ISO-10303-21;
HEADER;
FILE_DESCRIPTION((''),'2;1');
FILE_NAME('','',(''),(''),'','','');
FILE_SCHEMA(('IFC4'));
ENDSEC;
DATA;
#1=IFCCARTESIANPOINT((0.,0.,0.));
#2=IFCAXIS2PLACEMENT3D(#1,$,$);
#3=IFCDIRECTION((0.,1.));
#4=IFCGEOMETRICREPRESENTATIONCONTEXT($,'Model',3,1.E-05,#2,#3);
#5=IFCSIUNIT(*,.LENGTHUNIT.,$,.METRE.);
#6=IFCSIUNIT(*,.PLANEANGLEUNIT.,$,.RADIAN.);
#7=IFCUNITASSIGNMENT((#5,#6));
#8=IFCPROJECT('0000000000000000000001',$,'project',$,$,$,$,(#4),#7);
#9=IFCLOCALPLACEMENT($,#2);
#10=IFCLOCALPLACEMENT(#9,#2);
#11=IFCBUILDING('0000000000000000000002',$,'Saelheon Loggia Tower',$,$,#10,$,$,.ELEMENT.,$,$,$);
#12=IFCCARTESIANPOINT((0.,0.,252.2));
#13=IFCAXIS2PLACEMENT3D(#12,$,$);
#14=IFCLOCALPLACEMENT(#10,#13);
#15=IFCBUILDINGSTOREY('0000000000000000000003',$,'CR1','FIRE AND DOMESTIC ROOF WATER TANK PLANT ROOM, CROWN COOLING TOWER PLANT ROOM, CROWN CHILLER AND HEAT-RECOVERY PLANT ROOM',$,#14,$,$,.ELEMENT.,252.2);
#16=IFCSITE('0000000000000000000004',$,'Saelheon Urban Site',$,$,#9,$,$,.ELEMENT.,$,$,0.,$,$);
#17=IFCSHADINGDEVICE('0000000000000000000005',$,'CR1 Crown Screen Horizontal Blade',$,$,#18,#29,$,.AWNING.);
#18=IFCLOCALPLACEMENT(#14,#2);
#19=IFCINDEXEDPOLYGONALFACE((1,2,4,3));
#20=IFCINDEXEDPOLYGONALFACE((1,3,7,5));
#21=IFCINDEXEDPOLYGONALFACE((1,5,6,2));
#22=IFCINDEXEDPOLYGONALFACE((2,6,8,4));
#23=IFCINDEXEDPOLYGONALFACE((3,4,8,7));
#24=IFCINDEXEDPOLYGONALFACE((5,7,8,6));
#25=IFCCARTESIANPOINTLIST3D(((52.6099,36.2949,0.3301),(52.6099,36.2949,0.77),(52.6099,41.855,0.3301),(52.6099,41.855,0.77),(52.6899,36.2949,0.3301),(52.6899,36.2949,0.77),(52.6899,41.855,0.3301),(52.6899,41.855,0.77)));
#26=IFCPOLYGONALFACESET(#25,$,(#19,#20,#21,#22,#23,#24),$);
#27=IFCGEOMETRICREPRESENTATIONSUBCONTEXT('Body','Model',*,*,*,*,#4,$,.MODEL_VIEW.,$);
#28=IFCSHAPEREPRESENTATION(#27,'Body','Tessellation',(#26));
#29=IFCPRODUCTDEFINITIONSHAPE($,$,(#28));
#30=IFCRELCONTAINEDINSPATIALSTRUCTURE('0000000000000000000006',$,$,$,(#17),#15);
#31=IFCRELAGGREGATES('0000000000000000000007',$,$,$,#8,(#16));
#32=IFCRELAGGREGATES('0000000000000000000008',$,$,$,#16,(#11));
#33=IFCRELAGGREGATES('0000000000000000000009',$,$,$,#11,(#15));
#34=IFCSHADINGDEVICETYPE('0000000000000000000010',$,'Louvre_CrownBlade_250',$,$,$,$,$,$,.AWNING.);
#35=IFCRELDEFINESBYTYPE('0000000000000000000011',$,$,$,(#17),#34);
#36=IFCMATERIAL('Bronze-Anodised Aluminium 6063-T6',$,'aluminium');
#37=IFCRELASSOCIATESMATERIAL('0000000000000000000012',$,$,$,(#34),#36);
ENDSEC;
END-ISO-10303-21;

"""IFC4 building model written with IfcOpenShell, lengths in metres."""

from ifc_helpers import new_model, si_unit, direction, frame, origin, origin_2d, place, context, subcontext, project, spatial, rectangle, extrude, source, transform, mapped, material, material_profile, profile_set, type_object, element, save


model = new_model("IFC4")

# Units and contexts
model_context = context("Model", 3, precision=1e-05, world=origin(), true_north=direction((0.0, 1.0)))
body_context = subcontext(model_context, "Body", "Model", "MODEL_VIEW")
ifc_project = project(units=[si_unit("LENGTHUNIT", "METRE"), si_unit("PLANEANGLEUNIT", "RADIAN")], contexts=[model_context])

# Site, building, storey
site_placement = place(None, origin())
site = spatial("IfcSite", under=ifc_project, at=site_placement, Name="Saelheon Urban Site", CompositionType="ELEMENT", RefElevation=0.0)
building_placement = place(site_placement, origin())
building = spatial("IfcBuilding", under=site, at=building_placement, Name="Saelheon Loggia Tower", CompositionType="ELEMENT")
storey_placement = place(building_placement, frame((0.0, 0.0, 252.2)))
storey = spatial("IfcBuildingStorey", under=building, at=storey_placement, Name="CR1", Description="FIRE AND DOMESTIC ROOF WATER TANK PLANT ROOM, CROWN COOLING TOWER PLANT ROOM, CROWN CHILLER AND HEAT-RECOVERY PLANT ROOM", CompositionType="ELEMENT", Elevation=252.2)

# Shared definitions
ifc_material_1 = material(Name="Bronze-Anodised Aluminium 6063-T6", Category="aluminium")

# Shading device
ifc_material_profile_1 = material_profile(ifc_material_1, rectangle(XDim=0.0801, YDim=0.4399, at=origin_2d()), Name="Louvre_CrownBlade_250")
ifc_profile_set_1 = profile_set([ifc_material_profile_1], Name="Bronze-Anodised Aluminium 6063-T6")
shading_device_type = type_object("IfcShadingDeviceType", Name="Louvre_CrownBlade_250", PredefinedType="AWNING", material=ifc_profile_set_1)
shared_shape_1 = source(origin(), body_context, "Body", "SweptSolid", [
    extrude(rectangle(XDim=0.0801, YDim=0.4399, at=origin_2d()), origin(), (0.0, 0.0, 1.0), 5.5601),
])
shading_device_placement = place(storey_placement, frame((52.6499, 36.2949, 0.55), z_axis=(0.0, 1.0, 0.0), x_axis=(-1.0, 0.0, 0.0)))
element("IfcShadingDevice", 1, at=shading_device_placement, inside=storey, type_object=shading_device_type, Name="CR1 Crown Screen Horizontal Blade", PredefinedType="AWNING", context=body_context, shape_type="MappedRepresentation", body=[
    mapped(shared_shape_1, transform((0.0, 0.0, 0.0), scale=1.0)),
])

save(model, "model.ifc")
